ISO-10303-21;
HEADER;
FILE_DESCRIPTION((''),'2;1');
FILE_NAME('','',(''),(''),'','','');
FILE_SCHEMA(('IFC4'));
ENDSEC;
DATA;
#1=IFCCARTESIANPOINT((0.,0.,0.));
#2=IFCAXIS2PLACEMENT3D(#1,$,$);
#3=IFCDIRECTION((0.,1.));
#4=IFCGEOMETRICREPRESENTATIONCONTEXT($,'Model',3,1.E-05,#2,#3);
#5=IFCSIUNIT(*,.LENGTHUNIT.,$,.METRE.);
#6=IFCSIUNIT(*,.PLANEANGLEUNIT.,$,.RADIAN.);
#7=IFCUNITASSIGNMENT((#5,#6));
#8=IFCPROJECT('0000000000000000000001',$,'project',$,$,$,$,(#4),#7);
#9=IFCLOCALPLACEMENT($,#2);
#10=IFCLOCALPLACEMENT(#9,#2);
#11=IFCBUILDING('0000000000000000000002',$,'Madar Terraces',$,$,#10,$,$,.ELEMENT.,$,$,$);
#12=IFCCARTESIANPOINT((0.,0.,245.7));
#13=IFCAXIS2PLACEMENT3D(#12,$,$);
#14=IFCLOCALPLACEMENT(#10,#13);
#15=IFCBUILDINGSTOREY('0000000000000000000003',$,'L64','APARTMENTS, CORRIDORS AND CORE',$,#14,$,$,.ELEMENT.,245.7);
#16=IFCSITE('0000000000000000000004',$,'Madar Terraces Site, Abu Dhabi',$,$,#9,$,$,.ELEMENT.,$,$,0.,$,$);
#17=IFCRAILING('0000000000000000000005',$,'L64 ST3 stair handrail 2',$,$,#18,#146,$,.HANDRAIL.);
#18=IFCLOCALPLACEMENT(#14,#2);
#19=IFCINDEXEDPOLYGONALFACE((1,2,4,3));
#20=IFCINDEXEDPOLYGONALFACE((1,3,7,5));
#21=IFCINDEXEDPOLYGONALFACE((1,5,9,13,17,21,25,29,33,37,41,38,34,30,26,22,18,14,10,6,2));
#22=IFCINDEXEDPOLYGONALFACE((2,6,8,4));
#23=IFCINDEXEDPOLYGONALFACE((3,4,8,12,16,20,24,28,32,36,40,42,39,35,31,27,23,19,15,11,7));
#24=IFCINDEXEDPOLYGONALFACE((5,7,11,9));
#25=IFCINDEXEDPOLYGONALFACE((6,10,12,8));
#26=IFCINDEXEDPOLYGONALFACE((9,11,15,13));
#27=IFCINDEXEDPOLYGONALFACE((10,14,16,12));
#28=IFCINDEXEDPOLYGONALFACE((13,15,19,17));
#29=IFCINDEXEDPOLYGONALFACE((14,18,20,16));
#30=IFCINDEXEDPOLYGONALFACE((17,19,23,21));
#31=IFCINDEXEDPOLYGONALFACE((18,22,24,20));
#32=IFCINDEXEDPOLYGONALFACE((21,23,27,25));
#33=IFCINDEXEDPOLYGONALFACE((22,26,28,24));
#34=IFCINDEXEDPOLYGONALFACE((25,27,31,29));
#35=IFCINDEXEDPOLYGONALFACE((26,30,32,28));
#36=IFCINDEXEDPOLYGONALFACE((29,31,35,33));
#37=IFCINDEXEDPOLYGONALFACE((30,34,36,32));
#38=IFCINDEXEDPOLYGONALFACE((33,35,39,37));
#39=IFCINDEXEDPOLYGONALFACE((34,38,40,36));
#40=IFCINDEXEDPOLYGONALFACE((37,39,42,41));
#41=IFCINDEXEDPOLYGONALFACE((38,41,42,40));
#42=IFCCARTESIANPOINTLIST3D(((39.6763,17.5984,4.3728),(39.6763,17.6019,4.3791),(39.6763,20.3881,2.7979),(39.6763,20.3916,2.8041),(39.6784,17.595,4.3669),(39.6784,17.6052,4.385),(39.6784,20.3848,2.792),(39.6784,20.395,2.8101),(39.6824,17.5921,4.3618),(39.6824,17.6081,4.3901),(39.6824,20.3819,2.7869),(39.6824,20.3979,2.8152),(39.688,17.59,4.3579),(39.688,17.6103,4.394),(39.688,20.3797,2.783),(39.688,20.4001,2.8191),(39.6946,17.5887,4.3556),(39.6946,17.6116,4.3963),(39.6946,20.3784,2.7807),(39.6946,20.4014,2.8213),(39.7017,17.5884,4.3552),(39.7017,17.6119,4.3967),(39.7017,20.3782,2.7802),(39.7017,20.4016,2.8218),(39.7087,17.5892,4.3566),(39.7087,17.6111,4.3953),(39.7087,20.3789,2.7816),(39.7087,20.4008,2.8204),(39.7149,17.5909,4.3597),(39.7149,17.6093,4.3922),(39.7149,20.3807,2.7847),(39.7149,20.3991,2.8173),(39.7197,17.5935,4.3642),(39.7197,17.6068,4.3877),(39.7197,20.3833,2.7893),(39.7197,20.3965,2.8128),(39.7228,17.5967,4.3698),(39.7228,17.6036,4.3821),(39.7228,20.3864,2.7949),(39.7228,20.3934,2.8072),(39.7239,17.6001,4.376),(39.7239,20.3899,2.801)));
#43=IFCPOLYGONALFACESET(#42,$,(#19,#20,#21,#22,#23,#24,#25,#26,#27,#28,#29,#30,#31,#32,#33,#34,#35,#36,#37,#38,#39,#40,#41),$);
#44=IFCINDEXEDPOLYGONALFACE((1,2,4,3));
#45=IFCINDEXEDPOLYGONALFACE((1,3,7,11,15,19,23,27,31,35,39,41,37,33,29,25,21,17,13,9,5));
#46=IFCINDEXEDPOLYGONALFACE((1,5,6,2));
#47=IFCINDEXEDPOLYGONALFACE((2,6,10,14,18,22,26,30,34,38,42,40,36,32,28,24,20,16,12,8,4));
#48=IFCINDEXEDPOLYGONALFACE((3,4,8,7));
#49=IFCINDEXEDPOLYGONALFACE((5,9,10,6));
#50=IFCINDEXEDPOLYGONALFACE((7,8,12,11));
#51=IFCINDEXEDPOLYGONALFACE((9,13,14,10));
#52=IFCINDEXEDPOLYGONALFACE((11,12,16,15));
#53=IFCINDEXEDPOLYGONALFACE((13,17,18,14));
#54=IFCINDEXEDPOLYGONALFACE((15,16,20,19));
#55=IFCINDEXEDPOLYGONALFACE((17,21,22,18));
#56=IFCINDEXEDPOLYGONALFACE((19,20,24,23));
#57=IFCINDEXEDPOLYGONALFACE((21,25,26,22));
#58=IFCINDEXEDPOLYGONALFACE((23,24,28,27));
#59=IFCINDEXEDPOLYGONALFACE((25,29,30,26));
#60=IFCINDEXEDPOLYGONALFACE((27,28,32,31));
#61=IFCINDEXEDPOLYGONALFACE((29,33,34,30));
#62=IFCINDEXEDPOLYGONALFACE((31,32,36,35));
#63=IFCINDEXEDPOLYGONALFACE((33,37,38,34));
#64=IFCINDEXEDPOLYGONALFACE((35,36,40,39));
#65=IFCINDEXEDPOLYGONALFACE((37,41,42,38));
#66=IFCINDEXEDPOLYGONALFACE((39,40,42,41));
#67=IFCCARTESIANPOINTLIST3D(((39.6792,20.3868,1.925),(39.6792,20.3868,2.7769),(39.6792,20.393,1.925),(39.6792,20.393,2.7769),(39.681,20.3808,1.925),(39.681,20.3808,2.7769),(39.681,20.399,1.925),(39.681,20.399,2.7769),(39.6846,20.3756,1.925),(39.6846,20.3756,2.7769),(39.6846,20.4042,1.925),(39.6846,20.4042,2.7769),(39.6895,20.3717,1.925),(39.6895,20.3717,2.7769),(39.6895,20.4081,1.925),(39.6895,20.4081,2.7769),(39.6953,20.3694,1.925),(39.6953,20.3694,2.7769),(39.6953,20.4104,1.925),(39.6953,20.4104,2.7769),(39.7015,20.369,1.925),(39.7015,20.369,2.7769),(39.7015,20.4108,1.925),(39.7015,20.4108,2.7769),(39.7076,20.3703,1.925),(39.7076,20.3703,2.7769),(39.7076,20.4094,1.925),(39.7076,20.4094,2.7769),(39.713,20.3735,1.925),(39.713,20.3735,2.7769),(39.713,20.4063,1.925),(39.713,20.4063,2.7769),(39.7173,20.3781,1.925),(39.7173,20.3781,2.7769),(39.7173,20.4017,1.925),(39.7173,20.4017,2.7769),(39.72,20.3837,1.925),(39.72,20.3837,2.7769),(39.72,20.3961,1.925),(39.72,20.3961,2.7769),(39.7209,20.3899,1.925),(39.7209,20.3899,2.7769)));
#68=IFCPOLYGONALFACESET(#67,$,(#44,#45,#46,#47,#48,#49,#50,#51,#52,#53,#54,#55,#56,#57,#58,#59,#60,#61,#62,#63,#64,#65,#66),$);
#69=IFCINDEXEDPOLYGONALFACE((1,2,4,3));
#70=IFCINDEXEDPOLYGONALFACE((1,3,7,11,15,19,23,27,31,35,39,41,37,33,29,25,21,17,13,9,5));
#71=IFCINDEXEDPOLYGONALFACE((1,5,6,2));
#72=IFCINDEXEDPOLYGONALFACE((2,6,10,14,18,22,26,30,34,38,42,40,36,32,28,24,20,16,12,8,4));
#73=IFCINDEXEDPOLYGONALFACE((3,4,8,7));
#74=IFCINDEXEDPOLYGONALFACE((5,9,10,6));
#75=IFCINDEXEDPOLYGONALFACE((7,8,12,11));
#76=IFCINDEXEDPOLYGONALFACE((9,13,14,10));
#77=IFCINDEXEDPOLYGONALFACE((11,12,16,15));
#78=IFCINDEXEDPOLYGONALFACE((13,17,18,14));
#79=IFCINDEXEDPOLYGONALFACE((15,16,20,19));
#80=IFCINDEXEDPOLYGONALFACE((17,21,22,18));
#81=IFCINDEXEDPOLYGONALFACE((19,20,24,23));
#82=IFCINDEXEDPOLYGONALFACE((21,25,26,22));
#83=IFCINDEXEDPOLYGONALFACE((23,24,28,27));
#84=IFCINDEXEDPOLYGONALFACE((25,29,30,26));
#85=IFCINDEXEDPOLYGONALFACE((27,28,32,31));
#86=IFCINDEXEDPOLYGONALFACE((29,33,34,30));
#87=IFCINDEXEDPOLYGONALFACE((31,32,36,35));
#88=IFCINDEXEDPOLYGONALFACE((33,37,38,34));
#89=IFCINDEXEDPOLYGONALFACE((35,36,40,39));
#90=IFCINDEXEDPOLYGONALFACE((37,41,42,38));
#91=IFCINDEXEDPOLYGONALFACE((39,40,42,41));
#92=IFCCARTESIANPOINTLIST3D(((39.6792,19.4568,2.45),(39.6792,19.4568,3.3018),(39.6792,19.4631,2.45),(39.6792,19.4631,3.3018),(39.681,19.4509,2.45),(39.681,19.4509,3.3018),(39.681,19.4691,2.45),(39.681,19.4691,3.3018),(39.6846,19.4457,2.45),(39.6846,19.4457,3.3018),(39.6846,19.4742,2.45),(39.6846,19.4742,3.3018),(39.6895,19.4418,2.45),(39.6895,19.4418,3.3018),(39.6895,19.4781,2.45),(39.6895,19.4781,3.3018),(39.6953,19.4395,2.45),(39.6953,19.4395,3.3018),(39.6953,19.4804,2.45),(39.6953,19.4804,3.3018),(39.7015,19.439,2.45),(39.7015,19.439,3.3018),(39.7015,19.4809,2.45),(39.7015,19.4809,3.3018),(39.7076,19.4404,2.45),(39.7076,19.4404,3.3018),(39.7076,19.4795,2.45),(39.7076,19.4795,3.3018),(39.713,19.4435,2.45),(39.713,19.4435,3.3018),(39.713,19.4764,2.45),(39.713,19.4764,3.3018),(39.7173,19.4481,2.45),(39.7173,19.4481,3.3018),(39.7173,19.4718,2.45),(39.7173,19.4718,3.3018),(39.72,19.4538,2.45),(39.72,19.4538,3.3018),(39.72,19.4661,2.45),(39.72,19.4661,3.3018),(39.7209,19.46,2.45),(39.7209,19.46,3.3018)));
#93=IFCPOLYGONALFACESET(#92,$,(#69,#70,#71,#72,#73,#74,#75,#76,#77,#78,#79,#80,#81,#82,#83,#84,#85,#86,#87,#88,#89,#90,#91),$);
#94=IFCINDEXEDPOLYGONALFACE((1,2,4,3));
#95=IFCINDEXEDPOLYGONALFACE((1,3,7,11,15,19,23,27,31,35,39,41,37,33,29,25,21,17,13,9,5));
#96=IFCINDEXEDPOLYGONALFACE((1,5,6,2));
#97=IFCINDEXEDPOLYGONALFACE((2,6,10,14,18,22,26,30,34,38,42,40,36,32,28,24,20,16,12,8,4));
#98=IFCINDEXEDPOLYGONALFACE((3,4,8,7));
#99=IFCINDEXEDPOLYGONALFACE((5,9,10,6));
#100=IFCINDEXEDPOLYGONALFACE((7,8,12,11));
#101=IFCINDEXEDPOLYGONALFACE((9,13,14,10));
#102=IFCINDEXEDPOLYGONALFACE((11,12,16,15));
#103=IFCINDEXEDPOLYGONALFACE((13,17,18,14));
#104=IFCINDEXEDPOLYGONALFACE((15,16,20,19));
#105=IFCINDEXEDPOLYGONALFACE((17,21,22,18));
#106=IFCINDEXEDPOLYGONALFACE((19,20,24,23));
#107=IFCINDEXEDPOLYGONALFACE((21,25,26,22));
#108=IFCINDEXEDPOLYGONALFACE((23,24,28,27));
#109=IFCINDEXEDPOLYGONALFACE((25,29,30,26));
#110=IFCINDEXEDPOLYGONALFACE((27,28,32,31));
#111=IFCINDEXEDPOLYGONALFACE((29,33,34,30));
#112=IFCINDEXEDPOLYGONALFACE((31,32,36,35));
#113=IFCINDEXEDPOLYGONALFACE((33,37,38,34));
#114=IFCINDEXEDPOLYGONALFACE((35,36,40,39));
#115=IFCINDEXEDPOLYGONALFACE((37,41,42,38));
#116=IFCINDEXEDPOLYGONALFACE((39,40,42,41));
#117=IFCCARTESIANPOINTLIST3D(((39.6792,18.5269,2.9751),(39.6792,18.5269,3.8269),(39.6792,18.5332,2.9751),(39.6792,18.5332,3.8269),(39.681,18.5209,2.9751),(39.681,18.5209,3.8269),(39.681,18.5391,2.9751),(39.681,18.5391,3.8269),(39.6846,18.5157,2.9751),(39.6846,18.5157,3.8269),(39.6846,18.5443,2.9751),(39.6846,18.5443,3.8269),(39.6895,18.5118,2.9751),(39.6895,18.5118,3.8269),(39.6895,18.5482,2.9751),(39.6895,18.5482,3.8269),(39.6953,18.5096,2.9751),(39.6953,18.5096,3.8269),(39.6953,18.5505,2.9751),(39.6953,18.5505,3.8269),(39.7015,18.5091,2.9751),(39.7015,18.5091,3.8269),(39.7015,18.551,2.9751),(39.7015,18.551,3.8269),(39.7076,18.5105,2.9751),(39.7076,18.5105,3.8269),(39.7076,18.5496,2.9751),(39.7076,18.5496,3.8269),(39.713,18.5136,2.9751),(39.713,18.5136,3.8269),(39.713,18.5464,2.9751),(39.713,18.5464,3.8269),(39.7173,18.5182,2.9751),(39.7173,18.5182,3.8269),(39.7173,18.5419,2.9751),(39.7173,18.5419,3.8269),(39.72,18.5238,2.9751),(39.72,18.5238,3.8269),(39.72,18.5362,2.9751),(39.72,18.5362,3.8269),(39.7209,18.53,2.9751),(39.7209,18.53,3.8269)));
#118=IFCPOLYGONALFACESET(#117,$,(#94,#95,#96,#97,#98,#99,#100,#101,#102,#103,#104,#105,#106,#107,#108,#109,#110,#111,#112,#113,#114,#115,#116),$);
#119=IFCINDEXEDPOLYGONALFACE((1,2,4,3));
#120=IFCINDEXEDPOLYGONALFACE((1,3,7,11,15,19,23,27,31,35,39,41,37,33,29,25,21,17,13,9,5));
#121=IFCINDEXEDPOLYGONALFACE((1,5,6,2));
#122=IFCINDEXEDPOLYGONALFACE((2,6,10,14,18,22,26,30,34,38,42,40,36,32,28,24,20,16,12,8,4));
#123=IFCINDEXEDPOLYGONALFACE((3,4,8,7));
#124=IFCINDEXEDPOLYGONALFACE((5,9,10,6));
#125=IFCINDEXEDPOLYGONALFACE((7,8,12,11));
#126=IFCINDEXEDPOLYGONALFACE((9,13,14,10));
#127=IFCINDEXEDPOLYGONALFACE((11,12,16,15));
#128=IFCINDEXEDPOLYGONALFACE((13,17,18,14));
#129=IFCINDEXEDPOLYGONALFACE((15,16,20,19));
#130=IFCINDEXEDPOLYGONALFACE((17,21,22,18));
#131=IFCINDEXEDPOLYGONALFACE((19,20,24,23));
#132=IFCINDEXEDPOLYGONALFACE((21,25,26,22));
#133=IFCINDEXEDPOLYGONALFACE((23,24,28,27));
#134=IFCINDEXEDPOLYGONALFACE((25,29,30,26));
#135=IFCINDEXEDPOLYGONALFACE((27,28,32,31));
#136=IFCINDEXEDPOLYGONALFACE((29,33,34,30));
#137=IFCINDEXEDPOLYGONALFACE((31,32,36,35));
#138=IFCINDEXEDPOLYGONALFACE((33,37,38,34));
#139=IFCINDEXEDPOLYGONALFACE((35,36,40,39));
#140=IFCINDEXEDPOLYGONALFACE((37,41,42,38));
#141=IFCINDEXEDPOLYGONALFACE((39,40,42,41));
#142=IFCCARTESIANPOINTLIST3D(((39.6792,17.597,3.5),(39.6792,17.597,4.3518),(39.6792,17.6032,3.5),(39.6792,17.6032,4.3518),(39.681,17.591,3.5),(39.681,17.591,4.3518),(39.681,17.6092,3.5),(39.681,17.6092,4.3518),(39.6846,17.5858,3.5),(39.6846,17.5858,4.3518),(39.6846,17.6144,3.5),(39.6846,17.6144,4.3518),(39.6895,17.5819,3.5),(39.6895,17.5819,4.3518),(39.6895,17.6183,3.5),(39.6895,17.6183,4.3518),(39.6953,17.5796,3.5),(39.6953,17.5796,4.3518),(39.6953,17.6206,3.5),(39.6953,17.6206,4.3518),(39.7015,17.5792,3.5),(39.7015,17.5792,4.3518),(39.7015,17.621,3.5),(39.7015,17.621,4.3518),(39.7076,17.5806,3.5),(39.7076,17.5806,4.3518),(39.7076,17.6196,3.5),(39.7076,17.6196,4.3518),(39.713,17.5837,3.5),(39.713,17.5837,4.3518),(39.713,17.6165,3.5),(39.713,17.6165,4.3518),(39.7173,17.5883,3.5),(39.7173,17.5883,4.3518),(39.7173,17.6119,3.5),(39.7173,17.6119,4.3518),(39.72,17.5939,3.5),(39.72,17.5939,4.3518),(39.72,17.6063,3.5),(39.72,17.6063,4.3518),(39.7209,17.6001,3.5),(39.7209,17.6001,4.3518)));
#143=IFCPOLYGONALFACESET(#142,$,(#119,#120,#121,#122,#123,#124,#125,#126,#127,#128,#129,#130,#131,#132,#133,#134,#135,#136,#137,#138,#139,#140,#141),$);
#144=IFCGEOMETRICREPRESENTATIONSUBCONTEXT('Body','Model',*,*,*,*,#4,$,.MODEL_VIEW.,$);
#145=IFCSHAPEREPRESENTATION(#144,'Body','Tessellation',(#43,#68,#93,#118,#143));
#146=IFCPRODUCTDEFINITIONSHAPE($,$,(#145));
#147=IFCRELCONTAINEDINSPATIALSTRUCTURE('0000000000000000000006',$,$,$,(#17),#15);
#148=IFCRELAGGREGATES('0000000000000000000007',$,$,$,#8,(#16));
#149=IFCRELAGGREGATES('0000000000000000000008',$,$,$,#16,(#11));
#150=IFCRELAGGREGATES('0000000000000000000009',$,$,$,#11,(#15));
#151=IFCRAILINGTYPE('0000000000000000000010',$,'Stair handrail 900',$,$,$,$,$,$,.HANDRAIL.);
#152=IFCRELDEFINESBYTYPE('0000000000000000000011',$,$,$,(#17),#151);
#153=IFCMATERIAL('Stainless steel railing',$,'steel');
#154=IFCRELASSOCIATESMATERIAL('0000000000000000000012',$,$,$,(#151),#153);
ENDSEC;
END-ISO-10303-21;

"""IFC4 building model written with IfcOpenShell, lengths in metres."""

from ifc_helpers import new_model, si_unit, direction, frame, origin, origin_2d, place, context, subcontext, project, spatial, circle, extrude, material, type_object, element, save


model = new_model("IFC4")

# Units and contexts
model_context = context("Model", 3, precision=1e-05, world=origin(), true_north=direction((0.0, 1.0)))
body_context = subcontext(model_context, "Body", "Model", "MODEL_VIEW")
ifc_project = project(units=[si_unit("LENGTHUNIT", "METRE"), si_unit("PLANEANGLEUNIT", "RADIAN")], contexts=[model_context])

# Site, building, storey
site_placement = place(None, origin())
site = spatial("IfcSite", under=ifc_project, at=site_placement, Name="Madar Terraces Site, Abu Dhabi", CompositionType="ELEMENT", RefElevation=0.0)
building_placement = place(site_placement, origin())
building = spatial("IfcBuilding", under=site, at=building_placement, Name="Madar Terraces", CompositionType="ELEMENT")
storey_placement = place(building_placement, frame((0.0, 0.0, 245.7)))
storey = spatial("IfcBuildingStorey", under=building, at=storey_placement, Name="L64", Description="APARTMENTS, CORRIDORS AND CORE", CompositionType="ELEMENT", Elevation=245.7)

# Railing
ifc_material_1 = material(Name="Stainless steel railing", Category="steel")
railing_type_1 = type_object("IfcRailingType", Name="Stair handrail 900", PredefinedType="HANDRAIL", material=ifc_material_1)
railing_1_placement = place(storey_placement, frame((39.7, 20.3899, 1.925)))
element("IfcRailing", 1, at=railing_1_placement, inside=storey, type_object=railing_type_1, Name="L64 ST3 stair handrail 2", PredefinedType="HANDRAIL", context=body_context, shape_type="SweptSolid", body=[
    extrude(circle(Radius=0.0239, at=origin_2d()), frame((0.0, 0.0, 0.876), z_axis=(0.0, -0.870815, 0.49161), x_axis=(1.0, 0.0, 0.0)), (0.0, 0.0, 1.0), 3.2036),
    extrude(circle(Radius=0.021, at=origin_2d()), origin(), (0.0, 0.0, 1.0), 0.8518),
    extrude(circle(Radius=0.021, at=origin_2d()), frame((0.0, -0.9299, 0.5249)), (0.0, 0.0, 1.0), 0.8518),
    extrude(circle(Radius=0.021, at=origin_2d()), frame((0.0, -1.8599, 1.05)), (0.0, 0.0, 1.0), 0.8518),
    extrude(circle(Radius=0.021, at=origin_2d()), frame((0.0, -2.7898, 1.575)), (0.0, 0.0, 1.0), 0.8518),
])

save(model, "model.ifc")
